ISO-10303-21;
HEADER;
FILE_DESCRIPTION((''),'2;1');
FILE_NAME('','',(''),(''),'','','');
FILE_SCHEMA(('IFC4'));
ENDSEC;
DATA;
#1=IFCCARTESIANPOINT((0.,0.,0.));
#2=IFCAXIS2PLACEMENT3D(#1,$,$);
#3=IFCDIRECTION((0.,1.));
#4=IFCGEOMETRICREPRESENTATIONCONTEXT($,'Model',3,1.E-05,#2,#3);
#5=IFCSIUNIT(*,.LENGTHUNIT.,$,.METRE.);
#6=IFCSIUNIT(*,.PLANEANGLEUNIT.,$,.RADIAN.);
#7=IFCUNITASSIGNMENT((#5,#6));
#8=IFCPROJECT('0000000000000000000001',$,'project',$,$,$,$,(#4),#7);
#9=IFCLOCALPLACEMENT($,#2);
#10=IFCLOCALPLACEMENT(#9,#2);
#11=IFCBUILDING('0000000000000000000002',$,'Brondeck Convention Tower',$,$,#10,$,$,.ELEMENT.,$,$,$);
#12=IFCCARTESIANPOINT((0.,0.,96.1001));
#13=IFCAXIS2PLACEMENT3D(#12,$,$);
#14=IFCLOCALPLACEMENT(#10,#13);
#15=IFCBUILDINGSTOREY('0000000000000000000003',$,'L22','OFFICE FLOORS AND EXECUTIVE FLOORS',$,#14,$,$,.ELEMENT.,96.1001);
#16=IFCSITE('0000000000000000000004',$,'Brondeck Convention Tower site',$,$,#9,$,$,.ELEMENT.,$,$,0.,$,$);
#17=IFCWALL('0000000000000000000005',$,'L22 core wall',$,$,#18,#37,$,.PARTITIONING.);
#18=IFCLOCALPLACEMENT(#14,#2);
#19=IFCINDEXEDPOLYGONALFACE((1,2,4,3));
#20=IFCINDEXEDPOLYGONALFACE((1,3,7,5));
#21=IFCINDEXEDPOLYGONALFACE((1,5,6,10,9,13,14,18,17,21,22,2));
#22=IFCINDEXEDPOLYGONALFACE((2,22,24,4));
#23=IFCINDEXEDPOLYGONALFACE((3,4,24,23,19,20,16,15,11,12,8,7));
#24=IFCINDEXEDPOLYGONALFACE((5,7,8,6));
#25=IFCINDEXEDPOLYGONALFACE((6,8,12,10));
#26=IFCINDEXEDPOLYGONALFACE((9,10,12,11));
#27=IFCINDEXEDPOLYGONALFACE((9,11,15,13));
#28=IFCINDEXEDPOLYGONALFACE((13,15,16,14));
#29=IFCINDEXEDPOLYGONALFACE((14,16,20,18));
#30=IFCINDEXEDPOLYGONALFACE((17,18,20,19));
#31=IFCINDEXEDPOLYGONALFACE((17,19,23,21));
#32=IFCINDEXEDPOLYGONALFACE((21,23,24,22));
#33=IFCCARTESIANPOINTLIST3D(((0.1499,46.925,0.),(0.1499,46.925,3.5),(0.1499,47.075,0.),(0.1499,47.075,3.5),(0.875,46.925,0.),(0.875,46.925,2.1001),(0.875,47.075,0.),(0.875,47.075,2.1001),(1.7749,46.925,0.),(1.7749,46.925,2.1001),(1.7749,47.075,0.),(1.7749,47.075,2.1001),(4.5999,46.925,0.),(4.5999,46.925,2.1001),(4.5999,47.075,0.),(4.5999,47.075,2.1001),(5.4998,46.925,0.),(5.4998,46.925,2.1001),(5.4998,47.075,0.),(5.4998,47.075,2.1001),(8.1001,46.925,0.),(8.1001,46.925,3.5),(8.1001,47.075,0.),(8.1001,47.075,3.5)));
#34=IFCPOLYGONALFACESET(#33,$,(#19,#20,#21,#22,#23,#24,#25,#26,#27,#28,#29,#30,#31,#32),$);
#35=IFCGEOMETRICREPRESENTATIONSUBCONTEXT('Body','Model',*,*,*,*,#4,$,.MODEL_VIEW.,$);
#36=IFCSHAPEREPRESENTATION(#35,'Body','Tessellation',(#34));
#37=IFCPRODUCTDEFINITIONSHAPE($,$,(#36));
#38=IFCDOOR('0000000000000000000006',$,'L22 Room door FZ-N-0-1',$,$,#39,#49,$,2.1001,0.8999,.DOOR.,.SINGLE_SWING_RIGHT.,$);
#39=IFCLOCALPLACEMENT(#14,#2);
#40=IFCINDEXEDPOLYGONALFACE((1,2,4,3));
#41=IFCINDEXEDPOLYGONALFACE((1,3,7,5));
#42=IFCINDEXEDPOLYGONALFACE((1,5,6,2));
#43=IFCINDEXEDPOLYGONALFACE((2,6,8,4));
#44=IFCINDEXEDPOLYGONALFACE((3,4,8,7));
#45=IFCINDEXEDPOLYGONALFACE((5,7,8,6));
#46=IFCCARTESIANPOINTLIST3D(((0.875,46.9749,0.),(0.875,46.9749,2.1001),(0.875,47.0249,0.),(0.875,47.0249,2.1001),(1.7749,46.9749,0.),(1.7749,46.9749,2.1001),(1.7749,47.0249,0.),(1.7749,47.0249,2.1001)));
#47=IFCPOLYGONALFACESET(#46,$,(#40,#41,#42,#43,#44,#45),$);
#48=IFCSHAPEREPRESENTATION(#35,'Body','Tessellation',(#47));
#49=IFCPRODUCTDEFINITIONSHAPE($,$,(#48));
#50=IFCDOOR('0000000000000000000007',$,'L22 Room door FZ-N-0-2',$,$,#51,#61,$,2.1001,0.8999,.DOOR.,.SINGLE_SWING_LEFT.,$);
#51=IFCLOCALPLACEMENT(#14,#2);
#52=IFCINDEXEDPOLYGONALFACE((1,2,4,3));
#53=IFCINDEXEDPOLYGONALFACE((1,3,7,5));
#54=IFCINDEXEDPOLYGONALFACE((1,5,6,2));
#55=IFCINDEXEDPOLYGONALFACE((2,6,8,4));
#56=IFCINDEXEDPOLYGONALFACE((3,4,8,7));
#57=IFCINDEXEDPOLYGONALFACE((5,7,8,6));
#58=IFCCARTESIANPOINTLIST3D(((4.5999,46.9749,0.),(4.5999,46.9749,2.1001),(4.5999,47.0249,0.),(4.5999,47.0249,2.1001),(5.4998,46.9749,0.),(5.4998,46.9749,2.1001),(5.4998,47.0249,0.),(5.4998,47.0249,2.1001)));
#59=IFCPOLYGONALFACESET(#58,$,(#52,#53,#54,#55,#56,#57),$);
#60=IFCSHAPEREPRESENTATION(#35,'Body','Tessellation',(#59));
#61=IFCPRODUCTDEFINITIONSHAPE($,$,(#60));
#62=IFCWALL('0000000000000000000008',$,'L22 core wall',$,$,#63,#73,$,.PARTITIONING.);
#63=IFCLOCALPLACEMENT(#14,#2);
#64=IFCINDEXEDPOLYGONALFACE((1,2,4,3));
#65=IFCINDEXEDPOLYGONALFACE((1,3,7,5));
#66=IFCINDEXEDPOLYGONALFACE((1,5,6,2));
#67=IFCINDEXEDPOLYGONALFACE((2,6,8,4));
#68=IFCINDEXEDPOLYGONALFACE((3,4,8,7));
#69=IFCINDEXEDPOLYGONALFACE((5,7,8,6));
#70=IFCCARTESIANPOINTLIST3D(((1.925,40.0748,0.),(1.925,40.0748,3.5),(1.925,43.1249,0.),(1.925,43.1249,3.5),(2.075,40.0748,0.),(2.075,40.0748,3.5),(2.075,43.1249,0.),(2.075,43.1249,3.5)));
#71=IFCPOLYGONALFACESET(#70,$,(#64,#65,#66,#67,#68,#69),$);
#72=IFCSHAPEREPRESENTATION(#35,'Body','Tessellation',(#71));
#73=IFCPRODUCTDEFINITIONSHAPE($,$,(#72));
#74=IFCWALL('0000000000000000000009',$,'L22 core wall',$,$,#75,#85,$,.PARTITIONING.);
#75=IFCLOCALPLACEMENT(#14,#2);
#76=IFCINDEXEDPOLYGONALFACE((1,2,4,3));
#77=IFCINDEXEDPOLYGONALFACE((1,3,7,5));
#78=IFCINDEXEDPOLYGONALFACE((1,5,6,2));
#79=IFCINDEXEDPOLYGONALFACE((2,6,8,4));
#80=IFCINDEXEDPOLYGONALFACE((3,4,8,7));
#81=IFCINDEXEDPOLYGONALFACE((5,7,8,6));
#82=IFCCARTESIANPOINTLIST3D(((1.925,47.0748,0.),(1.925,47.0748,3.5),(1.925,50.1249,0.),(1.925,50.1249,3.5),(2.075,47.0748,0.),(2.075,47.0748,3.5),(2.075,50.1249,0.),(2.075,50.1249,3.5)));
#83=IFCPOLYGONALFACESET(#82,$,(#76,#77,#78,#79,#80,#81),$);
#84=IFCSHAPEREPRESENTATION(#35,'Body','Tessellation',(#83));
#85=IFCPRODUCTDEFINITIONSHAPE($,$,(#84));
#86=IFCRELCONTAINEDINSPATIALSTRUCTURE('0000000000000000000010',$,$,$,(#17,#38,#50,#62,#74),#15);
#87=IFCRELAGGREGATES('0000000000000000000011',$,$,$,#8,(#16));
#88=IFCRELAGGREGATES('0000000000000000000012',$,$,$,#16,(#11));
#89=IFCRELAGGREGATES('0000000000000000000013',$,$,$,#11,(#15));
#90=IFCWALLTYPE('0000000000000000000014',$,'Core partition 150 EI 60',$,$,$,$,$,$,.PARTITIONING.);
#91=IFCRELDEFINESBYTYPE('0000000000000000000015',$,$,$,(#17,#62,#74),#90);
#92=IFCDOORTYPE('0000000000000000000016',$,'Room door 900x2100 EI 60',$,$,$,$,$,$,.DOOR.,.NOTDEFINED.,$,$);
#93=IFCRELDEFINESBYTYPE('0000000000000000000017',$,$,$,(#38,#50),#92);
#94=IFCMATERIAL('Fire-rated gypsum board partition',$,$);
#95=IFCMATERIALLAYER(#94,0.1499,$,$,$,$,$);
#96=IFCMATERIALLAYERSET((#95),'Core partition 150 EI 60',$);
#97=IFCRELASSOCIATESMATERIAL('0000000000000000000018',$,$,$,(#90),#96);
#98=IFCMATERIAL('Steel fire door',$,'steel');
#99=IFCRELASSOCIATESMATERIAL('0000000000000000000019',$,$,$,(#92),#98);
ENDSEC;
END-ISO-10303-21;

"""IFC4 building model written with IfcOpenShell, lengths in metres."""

from ifc_helpers import new_model, si_unit, direction, frame, frame_2d, origin, place, context, subcontext, project, spatial, rectangle, extrude, material, layer, layer_set, type_object, element, fill, save


model = new_model("IFC4")

# Units and contexts
model_context = context("Model", 3, precision=1e-05, world=origin(), true_north=direction((0.0, 1.0)))
body_context = subcontext(model_context, "Body", "Model", "MODEL_VIEW")
ifc_project = project(units=[si_unit("LENGTHUNIT", "METRE"), si_unit("PLANEANGLEUNIT", "RADIAN")], contexts=[model_context])

# Site, building, storey
site_placement = place(None, origin())
site = spatial("IfcSite", under=ifc_project, at=site_placement, Name="Brondeck Convention Tower site", CompositionType="ELEMENT", RefElevation=0.0)
building_placement = place(site_placement, origin())
building = spatial("IfcBuilding", under=site, at=building_placement, Name="Brondeck Convention Tower", CompositionType="ELEMENT")
storey_placement = place(building_placement, frame((0.0, 0.0, 96.1001)))
storey = spatial("IfcBuildingStorey", under=building, at=storey_placement, Name="L22", Description="OFFICE FLOORS AND EXECUTIVE FLOORS", CompositionType="ELEMENT", Elevation=96.1001)

# Wall, openings, doors
ifc_material_1 = material(Name="Fire-rated gypsum board partition")
ifc_layer_1 = layer(ifc_material_1, 0.1499)
ifc_layer_set_1 = layer_set([ifc_layer_1], Name="Core partition 150 EI 60")
wall_type_1 = type_object("IfcWallType", Name="Core partition 150 EI 60", PredefinedType="PARTITIONING", material=ifc_layer_set_1)
ifc_material_2 = material(Name="Steel fire door", Category="steel")
door_type_1 = type_object("IfcDoorType", Name="Room door 900x2100 EI 60", OperationType="NOTDEFINED", PredefinedType="DOOR", material=ifc_material_2)
wall_1_placement = place(storey_placement, frame((0.1499, 47.0, 0.0), z_axis=(0.0, 0.0, 1.0), x_axis=(1.0, 0.0, 0.0)))
wall_1 = element("IfcWall", 1, at=wall_1_placement, inside=storey, type_object=wall_type_1, Name="L22 core wall", PredefinedType="PARTITIONING", context=body_context, shape_type="SweptSolid", body=[
    extrude(rectangle(XDim=7.9502, YDim=0.1499, at=frame_2d((3.9751, 0.0))), origin(), (0.0, 0.0, 1.0), 3.5),
])
opening_1_placement = place(wall_1_placement, frame((0.7251, 0.0, 0.0)))
opening_1 = element("IfcOpeningElement", 2, at=opening_1_placement, cuts=wall_1, PredefinedType="OPENING", context=body_context, shape_type="SweptSolid", body=[
    extrude(rectangle(XDim=0.8999, YDim=2.1001, at=frame_2d((0.45, 1.05))), frame((0.0, 0.085, 0.0), z_axis=(0.0, -1.0, 0.0), x_axis=(1.0, 0.0, 0.0)), (0.0, 0.0, 1.0), 0.1699),
])
opening_2_placement = place(wall_1_placement, frame((4.45, 0.0, 0.0)))
opening_2 = element("IfcOpeningElement", 3, at=opening_2_placement, cuts=wall_1, PredefinedType="OPENING", context=body_context, shape_type="SweptSolid", body=[
    extrude(rectangle(XDim=0.8999, YDim=2.1001, at=frame_2d((0.45, 1.05))), frame((0.0, 0.085, 0.0), z_axis=(0.0, -1.0, 0.0), x_axis=(1.0, 0.0, 0.0)), (0.0, 0.0, 1.0), 0.1699),
])
door_1_placement = place(opening_1_placement, origin())
door_1 = element("IfcDoor", 4, at=door_1_placement, inside=storey, type_object=door_type_1, Name="L22 Room door FZ-N-0-1", OperationType="SINGLE_SWING_RIGHT", OverallHeight=2.1001, OverallWidth=0.8999, PredefinedType="DOOR", context=body_context, shape_type="SweptSolid", body=[
    extrude(rectangle(XDim=0.8999, YDim=2.1001, at=frame_2d((0.45, 1.05))), frame((0.0, 0.0249, 0.0), z_axis=(0.0, -1.0, 0.0), x_axis=(1.0, 0.0, 0.0)), (0.0, 0.0, 1.0), 0.05),
])
fill(opening_1, door_1)
door_2_placement = place(opening_2_placement, origin())
door_2 = element("IfcDoor", 5, at=door_2_placement, inside=storey, type_object=door_type_1, Name="L22 Room door FZ-N-0-2", OperationType="SINGLE_SWING_LEFT", OverallHeight=2.1001, OverallWidth=0.8999, PredefinedType="DOOR", context=body_context, shape_type="SweptSolid", body=[
    extrude(rectangle(XDim=0.8999, YDim=2.1001, at=frame_2d((0.45, 1.05))), frame((0.0, 0.0249, 0.0), z_axis=(0.0, -1.0, 0.0), x_axis=(1.0, 0.0, 0.0)), (0.0, 0.0, 1.0), 0.05),
])
fill(opening_2, door_2)

# Walls
for number, where, z_axis, x_axis, name in (
    (6, (2.0, 40.075, 0.0), (0.0, 0.0, 1.0), (0.0, 1.0, 0.0), "L22 core wall"),
    (7, (2.0, 47.075, 0.0), (0.0, 0.0, 1.0), (0.0, 1.0, 0.0), "L22 core wall"),
):
    element("IfcWall", number, at=place(storey_placement, frame(where, z_axis=z_axis, x_axis=x_axis)), inside=storey, type_object=wall_type_1, Name=name, PredefinedType="PARTITIONING", context=body_context, shape_type="SweptSolid", body=[
        extrude(rectangle(XDim=3.05, YDim=0.1499, at=frame_2d((1.5249, 0.0))), origin(), (0.0, 0.0, 1.0), 3.5),
    ])

save(model, "model.ifc")
